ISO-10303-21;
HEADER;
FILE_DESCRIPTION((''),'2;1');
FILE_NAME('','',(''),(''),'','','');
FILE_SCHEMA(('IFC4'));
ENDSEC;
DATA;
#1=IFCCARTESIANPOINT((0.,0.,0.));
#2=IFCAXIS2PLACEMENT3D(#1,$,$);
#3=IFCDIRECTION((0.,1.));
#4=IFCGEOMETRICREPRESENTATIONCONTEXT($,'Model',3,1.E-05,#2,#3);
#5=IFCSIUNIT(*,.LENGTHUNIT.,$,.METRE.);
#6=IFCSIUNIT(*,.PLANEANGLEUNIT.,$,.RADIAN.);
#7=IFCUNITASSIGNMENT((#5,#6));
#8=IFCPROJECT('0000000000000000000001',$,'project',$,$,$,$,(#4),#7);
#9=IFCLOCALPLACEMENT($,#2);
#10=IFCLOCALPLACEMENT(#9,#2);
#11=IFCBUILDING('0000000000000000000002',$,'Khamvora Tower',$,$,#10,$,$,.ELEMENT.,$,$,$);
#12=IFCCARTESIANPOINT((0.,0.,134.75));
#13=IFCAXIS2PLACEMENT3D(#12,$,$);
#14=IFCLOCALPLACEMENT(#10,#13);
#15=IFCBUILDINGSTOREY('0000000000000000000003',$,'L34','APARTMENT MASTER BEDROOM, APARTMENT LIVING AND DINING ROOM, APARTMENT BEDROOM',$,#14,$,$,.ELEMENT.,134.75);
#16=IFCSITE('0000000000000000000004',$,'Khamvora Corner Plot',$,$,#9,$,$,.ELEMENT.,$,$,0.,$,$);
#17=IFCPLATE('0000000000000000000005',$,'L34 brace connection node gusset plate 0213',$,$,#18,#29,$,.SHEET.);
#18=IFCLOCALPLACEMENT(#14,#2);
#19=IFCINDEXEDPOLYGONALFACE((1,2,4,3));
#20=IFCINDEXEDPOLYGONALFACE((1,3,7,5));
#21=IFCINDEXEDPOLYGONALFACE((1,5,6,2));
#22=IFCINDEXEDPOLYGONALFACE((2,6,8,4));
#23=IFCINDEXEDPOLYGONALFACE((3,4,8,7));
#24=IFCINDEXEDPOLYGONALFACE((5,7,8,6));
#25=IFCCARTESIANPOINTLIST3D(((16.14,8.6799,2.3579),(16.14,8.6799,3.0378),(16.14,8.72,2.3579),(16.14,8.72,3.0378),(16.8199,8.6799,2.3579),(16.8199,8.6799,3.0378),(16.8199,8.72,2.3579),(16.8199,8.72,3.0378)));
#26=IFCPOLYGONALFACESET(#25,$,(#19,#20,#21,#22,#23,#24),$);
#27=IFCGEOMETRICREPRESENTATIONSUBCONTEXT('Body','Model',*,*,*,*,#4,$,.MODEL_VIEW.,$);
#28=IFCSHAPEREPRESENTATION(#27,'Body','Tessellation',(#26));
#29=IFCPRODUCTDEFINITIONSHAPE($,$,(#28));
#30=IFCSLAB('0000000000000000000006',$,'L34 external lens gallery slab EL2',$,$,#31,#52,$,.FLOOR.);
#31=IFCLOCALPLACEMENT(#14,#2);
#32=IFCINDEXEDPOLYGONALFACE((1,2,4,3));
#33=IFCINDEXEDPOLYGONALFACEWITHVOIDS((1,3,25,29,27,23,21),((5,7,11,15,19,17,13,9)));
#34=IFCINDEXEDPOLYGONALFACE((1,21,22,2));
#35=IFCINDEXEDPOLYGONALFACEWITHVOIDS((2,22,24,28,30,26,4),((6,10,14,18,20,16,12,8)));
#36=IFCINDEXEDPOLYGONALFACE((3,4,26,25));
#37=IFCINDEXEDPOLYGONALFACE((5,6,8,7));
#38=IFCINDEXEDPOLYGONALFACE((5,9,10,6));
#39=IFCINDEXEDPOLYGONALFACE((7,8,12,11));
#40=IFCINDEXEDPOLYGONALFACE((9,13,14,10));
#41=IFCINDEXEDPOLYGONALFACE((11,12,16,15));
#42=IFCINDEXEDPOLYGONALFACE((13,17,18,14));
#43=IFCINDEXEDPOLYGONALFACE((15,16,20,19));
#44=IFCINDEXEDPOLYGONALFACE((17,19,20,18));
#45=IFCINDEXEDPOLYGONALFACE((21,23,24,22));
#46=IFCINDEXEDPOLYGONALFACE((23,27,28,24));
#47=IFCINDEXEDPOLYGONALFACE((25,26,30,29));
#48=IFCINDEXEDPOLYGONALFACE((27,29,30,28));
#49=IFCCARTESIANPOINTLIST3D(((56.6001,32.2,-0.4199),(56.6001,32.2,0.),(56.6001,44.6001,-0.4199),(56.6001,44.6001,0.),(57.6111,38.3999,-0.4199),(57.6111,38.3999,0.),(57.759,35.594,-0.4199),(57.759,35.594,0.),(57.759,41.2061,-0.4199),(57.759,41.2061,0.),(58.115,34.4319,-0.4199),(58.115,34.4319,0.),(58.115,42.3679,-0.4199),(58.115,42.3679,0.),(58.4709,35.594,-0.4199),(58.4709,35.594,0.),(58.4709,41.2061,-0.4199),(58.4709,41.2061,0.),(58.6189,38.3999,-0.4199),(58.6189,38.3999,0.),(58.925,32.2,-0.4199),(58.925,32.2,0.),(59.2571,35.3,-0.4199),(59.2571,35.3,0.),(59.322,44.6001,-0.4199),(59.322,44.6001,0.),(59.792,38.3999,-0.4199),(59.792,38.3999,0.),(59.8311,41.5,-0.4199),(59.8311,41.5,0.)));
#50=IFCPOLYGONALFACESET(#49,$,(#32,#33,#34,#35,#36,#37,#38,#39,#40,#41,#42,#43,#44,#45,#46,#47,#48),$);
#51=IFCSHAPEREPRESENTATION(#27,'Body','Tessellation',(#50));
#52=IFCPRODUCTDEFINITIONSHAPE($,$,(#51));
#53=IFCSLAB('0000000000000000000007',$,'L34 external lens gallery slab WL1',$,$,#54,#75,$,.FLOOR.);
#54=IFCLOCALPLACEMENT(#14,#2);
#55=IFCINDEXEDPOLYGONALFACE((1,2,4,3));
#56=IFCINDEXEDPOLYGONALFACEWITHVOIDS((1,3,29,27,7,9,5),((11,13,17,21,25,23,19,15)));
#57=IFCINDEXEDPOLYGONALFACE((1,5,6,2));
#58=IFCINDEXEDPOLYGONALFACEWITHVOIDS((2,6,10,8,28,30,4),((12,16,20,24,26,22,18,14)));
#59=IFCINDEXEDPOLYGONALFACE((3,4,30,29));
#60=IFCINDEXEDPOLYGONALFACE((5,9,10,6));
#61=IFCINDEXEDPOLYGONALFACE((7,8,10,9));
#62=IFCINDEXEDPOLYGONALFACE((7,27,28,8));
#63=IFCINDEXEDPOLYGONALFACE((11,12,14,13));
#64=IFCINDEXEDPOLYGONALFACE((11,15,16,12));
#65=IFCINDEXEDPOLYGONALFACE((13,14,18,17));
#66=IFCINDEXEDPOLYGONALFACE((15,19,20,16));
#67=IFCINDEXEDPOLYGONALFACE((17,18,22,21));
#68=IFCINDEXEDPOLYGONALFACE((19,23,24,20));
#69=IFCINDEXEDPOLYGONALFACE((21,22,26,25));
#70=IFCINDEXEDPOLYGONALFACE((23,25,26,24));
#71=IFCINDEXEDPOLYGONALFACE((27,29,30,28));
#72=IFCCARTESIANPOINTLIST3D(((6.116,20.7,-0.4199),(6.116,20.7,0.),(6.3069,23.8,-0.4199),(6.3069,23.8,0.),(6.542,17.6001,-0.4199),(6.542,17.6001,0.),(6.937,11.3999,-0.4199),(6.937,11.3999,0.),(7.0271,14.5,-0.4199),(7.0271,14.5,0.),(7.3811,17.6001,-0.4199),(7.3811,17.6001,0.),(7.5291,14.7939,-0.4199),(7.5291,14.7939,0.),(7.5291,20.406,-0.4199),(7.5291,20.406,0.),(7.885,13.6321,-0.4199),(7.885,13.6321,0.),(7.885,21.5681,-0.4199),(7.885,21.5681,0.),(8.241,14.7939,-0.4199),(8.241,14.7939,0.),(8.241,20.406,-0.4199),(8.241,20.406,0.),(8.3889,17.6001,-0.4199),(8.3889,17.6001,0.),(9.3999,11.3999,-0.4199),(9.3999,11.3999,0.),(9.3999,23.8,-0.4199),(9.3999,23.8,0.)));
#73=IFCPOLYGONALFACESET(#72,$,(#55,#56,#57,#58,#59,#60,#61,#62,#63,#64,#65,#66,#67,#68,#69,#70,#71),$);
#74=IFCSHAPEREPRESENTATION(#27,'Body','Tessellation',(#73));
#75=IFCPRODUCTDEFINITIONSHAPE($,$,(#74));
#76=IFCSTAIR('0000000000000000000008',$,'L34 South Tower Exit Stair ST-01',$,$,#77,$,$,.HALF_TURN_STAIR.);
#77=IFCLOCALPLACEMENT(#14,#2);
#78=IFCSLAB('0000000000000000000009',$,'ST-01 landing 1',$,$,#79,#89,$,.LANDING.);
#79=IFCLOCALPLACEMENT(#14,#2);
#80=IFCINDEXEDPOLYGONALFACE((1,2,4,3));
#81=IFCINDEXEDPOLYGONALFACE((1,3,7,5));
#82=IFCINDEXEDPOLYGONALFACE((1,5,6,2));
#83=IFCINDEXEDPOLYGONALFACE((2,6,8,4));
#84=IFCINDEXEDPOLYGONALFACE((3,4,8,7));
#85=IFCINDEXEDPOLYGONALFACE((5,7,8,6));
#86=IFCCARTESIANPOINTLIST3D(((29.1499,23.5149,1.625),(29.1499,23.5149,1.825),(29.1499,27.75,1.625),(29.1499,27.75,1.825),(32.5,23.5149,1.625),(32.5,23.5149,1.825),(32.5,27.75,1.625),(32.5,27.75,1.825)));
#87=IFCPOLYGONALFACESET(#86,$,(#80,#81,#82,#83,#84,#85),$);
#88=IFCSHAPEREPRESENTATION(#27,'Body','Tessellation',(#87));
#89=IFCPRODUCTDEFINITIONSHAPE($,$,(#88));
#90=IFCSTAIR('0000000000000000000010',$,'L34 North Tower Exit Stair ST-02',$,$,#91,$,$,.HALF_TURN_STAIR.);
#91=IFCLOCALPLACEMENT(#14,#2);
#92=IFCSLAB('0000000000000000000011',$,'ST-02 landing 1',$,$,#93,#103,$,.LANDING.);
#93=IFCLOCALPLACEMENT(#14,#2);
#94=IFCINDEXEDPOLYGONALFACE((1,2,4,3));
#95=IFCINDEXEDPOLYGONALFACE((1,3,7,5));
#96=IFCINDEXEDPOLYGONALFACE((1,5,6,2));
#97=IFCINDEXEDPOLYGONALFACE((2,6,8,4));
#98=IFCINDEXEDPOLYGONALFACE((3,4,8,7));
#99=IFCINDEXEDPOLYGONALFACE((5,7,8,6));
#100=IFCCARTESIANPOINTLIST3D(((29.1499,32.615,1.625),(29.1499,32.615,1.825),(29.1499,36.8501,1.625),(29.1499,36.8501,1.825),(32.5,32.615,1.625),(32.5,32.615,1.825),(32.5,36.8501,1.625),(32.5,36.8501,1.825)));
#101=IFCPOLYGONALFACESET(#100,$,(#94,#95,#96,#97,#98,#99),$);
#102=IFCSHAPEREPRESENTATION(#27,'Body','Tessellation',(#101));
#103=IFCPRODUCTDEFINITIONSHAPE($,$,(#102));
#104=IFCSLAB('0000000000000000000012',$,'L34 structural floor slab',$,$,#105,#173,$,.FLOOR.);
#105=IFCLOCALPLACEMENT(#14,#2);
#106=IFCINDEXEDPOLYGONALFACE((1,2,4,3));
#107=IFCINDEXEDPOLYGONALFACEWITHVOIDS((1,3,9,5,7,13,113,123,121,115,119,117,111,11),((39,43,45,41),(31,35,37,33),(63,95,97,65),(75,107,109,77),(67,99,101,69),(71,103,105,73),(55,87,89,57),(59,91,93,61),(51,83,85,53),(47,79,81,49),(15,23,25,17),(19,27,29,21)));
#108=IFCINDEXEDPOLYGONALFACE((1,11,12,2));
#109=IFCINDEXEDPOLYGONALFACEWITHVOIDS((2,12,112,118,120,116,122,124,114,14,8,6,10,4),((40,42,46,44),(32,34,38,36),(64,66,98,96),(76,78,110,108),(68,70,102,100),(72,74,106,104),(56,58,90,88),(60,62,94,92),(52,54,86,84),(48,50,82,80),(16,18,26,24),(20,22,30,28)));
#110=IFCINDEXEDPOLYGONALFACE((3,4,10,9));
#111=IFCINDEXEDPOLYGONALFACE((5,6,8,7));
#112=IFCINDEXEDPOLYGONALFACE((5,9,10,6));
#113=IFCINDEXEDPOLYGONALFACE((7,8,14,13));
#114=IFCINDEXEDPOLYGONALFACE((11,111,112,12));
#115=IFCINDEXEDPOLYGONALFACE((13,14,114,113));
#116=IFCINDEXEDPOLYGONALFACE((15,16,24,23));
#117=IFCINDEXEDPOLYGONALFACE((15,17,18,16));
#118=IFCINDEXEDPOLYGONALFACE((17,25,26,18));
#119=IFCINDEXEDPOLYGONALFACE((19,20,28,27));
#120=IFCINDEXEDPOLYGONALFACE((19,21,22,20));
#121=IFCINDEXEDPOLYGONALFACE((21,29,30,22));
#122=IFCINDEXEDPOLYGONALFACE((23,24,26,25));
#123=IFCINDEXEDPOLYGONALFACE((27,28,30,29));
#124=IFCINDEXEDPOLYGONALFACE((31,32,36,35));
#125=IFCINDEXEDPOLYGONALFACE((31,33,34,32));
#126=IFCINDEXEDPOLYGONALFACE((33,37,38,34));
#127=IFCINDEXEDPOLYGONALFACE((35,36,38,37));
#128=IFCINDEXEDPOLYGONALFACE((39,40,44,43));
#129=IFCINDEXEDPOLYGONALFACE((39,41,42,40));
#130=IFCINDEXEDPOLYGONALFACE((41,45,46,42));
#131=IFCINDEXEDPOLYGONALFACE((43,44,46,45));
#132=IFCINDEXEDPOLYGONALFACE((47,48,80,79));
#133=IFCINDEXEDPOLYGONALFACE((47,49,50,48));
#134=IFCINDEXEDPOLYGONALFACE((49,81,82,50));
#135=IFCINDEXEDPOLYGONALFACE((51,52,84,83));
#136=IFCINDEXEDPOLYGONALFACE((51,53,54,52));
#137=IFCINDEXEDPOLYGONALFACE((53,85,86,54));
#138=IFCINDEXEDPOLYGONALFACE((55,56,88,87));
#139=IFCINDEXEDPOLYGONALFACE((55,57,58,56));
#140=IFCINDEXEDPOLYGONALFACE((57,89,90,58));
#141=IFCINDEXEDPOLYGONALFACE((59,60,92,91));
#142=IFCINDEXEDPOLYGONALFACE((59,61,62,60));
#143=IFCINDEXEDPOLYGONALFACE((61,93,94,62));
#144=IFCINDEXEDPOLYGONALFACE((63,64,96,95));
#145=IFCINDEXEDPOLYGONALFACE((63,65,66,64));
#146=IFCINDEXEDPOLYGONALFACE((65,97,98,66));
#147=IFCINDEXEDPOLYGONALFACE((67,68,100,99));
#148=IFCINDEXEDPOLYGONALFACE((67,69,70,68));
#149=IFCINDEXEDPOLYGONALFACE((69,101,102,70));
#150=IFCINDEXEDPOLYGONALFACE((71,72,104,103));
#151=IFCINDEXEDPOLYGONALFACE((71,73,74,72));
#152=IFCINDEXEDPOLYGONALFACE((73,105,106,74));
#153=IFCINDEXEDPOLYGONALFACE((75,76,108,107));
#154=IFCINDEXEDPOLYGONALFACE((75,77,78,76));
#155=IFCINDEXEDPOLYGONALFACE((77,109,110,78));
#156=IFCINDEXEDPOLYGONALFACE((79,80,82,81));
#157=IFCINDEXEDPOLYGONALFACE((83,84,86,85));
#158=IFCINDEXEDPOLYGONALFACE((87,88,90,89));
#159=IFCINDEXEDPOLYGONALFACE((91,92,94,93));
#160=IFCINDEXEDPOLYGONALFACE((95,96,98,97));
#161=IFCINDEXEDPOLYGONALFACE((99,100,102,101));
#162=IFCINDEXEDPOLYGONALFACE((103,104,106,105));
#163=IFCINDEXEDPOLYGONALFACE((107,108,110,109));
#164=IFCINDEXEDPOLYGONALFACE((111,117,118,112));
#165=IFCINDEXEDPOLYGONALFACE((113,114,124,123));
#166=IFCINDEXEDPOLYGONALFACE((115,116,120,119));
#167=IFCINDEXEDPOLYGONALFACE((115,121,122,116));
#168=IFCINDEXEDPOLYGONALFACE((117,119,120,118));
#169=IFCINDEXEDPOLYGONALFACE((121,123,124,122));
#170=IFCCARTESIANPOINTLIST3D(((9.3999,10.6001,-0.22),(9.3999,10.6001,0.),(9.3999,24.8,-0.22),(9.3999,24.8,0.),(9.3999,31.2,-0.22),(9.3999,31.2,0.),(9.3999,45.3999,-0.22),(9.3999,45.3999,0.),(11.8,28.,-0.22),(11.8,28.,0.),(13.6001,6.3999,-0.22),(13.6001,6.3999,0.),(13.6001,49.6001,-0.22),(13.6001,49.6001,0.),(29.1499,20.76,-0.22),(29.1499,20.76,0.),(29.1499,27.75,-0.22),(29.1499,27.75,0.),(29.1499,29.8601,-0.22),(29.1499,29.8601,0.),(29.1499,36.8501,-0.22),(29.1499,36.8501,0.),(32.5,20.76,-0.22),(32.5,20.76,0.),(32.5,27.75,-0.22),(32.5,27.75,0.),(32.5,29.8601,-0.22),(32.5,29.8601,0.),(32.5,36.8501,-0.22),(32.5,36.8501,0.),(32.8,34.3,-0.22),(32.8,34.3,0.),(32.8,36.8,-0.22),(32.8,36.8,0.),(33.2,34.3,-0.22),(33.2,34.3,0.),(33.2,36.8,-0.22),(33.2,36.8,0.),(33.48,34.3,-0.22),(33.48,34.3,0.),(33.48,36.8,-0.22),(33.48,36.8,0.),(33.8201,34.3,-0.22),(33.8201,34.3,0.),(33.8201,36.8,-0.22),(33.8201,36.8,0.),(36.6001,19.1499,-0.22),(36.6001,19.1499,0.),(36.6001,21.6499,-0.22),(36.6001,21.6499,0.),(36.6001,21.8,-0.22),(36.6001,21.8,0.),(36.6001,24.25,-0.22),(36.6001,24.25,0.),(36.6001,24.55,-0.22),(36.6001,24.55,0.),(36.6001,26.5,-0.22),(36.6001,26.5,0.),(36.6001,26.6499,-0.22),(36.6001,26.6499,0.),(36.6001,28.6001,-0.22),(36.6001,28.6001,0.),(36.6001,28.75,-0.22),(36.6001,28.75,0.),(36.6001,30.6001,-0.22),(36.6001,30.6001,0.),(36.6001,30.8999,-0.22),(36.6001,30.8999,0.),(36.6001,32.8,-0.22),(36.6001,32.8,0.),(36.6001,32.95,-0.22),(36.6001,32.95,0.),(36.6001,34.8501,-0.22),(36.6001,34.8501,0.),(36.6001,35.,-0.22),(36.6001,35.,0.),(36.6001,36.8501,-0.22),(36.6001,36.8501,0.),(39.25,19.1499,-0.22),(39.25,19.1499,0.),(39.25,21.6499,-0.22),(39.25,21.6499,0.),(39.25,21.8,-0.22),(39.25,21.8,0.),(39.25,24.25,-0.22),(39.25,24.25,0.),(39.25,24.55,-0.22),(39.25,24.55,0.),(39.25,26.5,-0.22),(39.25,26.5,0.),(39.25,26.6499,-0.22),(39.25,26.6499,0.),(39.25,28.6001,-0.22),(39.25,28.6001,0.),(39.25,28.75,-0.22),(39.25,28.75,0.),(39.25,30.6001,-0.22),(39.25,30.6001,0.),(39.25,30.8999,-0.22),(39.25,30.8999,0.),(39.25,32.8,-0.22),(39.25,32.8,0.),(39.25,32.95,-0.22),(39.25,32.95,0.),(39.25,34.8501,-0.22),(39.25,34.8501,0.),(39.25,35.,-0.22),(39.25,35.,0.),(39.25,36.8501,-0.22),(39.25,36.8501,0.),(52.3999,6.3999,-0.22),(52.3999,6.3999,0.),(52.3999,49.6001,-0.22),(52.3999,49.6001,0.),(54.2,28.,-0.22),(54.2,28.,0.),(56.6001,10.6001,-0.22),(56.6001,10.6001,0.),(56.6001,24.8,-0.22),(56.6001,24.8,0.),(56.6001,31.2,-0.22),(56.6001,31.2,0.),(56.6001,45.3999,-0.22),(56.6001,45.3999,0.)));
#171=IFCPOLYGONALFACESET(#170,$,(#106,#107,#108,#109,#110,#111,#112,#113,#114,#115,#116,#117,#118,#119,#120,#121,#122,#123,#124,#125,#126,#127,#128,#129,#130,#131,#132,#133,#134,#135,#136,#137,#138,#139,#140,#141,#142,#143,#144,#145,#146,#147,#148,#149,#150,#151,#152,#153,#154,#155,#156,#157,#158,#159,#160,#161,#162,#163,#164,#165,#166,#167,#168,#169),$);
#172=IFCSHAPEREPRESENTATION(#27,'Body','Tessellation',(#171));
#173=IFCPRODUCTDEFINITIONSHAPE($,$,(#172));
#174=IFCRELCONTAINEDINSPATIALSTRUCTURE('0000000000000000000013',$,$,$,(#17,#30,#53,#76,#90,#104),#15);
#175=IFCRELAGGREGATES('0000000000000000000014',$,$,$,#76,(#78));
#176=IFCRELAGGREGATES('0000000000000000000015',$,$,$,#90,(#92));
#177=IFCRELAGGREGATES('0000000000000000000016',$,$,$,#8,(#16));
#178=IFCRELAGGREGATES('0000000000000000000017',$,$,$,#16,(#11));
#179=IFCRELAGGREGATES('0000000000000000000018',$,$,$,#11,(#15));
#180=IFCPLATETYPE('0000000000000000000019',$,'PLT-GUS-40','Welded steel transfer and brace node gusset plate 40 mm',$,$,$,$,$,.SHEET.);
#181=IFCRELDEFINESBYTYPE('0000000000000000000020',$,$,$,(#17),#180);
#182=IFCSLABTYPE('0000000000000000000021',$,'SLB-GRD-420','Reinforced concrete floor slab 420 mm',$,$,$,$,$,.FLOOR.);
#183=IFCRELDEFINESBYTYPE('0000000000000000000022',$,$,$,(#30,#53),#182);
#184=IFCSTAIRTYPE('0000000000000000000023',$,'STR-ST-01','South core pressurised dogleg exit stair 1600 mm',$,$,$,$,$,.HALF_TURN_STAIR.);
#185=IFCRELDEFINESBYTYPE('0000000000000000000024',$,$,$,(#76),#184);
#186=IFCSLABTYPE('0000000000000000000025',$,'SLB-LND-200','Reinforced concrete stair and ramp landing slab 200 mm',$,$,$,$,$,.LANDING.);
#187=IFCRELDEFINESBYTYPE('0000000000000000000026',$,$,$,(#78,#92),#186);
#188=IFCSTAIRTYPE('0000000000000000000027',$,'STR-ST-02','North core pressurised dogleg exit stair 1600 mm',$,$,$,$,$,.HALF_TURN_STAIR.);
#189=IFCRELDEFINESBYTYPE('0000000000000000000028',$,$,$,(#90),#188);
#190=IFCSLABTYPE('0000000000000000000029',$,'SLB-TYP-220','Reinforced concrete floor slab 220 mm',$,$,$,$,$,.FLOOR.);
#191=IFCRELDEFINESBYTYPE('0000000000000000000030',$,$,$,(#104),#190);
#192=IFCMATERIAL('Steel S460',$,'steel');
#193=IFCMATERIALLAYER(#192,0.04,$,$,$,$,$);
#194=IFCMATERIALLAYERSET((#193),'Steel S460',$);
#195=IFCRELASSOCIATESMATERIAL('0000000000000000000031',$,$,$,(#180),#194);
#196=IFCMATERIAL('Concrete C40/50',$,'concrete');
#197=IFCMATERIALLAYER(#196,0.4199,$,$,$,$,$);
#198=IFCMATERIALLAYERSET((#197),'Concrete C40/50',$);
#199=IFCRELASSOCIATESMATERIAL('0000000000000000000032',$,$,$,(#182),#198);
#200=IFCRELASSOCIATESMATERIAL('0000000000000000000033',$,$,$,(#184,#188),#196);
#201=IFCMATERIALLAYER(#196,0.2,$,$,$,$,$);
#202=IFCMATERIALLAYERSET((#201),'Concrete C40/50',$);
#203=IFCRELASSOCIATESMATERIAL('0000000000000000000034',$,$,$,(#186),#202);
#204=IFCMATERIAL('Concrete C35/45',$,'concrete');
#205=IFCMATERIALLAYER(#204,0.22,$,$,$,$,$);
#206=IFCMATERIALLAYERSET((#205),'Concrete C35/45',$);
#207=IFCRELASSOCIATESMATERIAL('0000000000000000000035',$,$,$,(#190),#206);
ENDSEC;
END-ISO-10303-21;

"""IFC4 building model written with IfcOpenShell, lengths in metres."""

from ifc_helpers import new_model, si_unit, direction, frame, origin, origin_2d, place, context, subcontext, project, spatial, polyline, rectangle, outline, extrude, material, layer, layer_set, type_object, element, aggregate, save


model = new_model("IFC4")

# Units and contexts
model_context = context("Model", 3, precision=1e-05, world=origin(), true_north=direction((0.0, 1.0)))
body_context = subcontext(model_context, "Body", "Model", "MODEL_VIEW")
ifc_project = project(units=[si_unit("LENGTHUNIT", "METRE"), si_unit("PLANEANGLEUNIT", "RADIAN")], contexts=[model_context])

# Site, building, storey
site_placement = place(None, origin())
site = spatial("IfcSite", under=ifc_project, at=site_placement, Name="Khamvora Corner Plot", CompositionType="ELEMENT", RefElevation=0.0)
building_placement = place(site_placement, origin())
building = spatial("IfcBuilding", under=site, at=building_placement, Name="Khamvora Tower", CompositionType="ELEMENT")
storey_placement = place(building_placement, frame((0.0, 0.0, 134.75)))
storey = spatial("IfcBuildingStorey", under=building, at=storey_placement, Name="L34", Description="APARTMENT MASTER BEDROOM, APARTMENT LIVING AND DINING ROOM, APARTMENT BEDROOM", CompositionType="ELEMENT", Elevation=134.75)

# Plate
ifc_material_1 = material(Name="Steel S460", Category="steel")
ifc_layer_1 = layer(ifc_material_1, 0.04)
ifc_layer_set_1 = layer_set([ifc_layer_1], Name="Steel S460")
plate_type_1 = type_object("IfcPlateType", Name="PLT-GUS-40", Description="Welded steel transfer and brace node gusset plate 40 mm", PredefinedType="SHEET", material=ifc_layer_set_1)
plate_1_placement = place(storey_placement, frame((16.48, 8.7, 2.3579), z_axis=(0.0, 0.0, 1.0), x_axis=(1.0, 0.0, 0.0)))
element("IfcPlate", 1, at=plate_1_placement, inside=storey, type_object=plate_type_1, Name="L34 brace connection node gusset plate 0213", PredefinedType="SHEET", context=body_context, shape_type="SweptSolid", body=[
    extrude(rectangle(XDim=0.6799, YDim=0.04, at=origin_2d()), origin(), (0.0, 0.0, 1.0), 0.6799),
])

# Slabs
ifc_material_2 = material(Name="Concrete C40/50", Category="concrete")
ifc_layer_2 = layer(ifc_material_2, 0.4199)
ifc_layer_set_2 = layer_set([ifc_layer_2], Name="Concrete C40/50")
slab_type_1 = type_object("IfcSlabType", Name="SLB-GRD-420", Description="Reinforced concrete floor slab 420 mm", PredefinedType="FLOOR", material=ifc_layer_set_2)
slab_1_placement = place(storey_placement, frame((0.0, 0.0, -0.4199)))
element("IfcSlab", 2, at=slab_1_placement, inside=storey, type_object=slab_type_1, Name="L34 external lens gallery slab EL2", PredefinedType="FLOOR", context=body_context, shape_type="SweptSolid", body=[
    extrude(outline(polyline([(58.925, 32.2), (59.2571, 35.3), (59.792, 38.3999), (59.8311, 41.5), (59.322, 44.6001), (56.6001, 44.6001), (56.6001, 32.2), (58.925, 32.2)]), holes=[polyline([(58.6189, 38.3999), (58.4709, 41.2061), (58.115, 42.3679), (57.759, 41.2061), (57.6111, 38.3999), (57.759, 35.594), (58.115, 34.4319), (58.4709, 35.594), (58.6189, 38.3999)])]), origin(), (0.0, 0.0, 1.0), 0.4199),
])
slab_2_placement = place(storey_placement, frame((0.0, 0.0, -0.4199)))
element("IfcSlab", 3, at=slab_2_placement, inside=storey, type_object=slab_type_1, Name="L34 external lens gallery slab WL1", PredefinedType="FLOOR", context=body_context, shape_type="SweptSolid", body=[
    extrude(outline(polyline([(9.3999, 11.3999), (9.3999, 23.8), (6.3069, 23.8), (6.116, 20.7), (6.542, 17.6001), (7.0271, 14.5), (6.937, 11.3999), (9.3999, 11.3999)]), holes=[polyline([(8.3889, 17.6001), (8.241, 20.406), (7.885, 21.5681), (7.5291, 20.406), (7.3811, 17.6001), (7.5291, 14.7939), (7.885, 13.6321), (8.241, 14.7939), (8.3889, 17.6001)])]), origin(), (0.0, 0.0, 1.0), 0.4199),
])

# Stairs, slabs
stair_type_1 = type_object("IfcStairType", Name="STR-ST-01", Description="South core pressurised dogleg exit stair 1600 mm", PredefinedType="HALF_TURN_STAIR", material=ifc_material_2)
stair_1_placement = place(storey_placement, origin())
stair_1 = element("IfcStair", 4, at=stair_1_placement, inside=storey, type_object=stair_type_1, Name="L34 South Tower Exit Stair ST-01", PredefinedType="HALF_TURN_STAIR")
ifc_layer_3 = layer(ifc_material_2, 0.2)
ifc_layer_set_3 = layer_set([ifc_layer_3], Name="Concrete C40/50")
slab_type_2 = type_object("IfcSlabType", Name="SLB-LND-200", Description="Reinforced concrete stair and ramp landing slab 200 mm", PredefinedType="LANDING", material=ifc_layer_set_3)
slab_3_placement = place(storey_placement, frame((0.0, 0.0, 1.625)))
slab_3 = element("IfcSlab", 5, at=slab_3_placement, type_object=slab_type_2, Name="ST-01 landing 1", PredefinedType="LANDING", context=body_context, shape_type="SweptSolid", body=[
    extrude(outline(polyline([(32.5, 23.5149), (32.5, 27.75), (29.1499, 27.75), (29.1499, 23.5149), (32.5, 23.5149)])), origin(), (0.0, 0.0, 1.0), 0.2),
])
aggregate(stair_1, [slab_3])
stair_type_2 = type_object("IfcStairType", Name="STR-ST-02", Description="North core pressurised dogleg exit stair 1600 mm", PredefinedType="HALF_TURN_STAIR", material=ifc_material_2)
stair_2_placement = place(storey_placement, origin())
stair_2 = element("IfcStair", 6, at=stair_2_placement, inside=storey, type_object=stair_type_2, Name="L34 North Tower Exit Stair ST-02", PredefinedType="HALF_TURN_STAIR")
slab_4_placement = place(storey_placement, frame((0.0, 0.0, 1.625)))
slab_4 = element("IfcSlab", 7, at=slab_4_placement, type_object=slab_type_2, Name="ST-02 landing 1", PredefinedType="LANDING", context=body_context, shape_type="SweptSolid", body=[
    extrude(outline(polyline([(32.5, 32.615), (32.5, 36.8501), (29.1499, 36.8501), (29.1499, 32.615), (32.5, 32.615)])), origin(), (0.0, 0.0, 1.0), 0.2),
])
aggregate(stair_2, [slab_4])

# Slab
ifc_material_3 = material(Name="Concrete C35/45", Category="concrete")
ifc_layer_4 = layer(ifc_material_3, 0.22)
ifc_layer_set_4 = layer_set([ifc_layer_4], Name="Concrete C35/45")
slab_type_3 = type_object("IfcSlabType", Name="SLB-TYP-220", Description="Reinforced concrete floor slab 220 mm", PredefinedType="FLOOR", material=ifc_layer_set_4)
slab_5_placement = place(storey_placement, frame((0.0, 0.0, -0.22)))
element("IfcSlab", 8, at=slab_5_placement, inside=storey, type_object=slab_type_3, Name="L34 structural floor slab", PredefinedType="FLOOR", context=body_context, shape_type="SweptSolid", body=[
    extrude(outline(polyline([(13.6001, 6.3999), (52.3999, 6.3999), (56.6001, 10.6001), (56.6001, 24.8), (54.2, 28.0), (56.6001, 31.2), (56.6001, 45.3999), (52.3999, 49.6001), (13.6001, 49.6001), (9.3999, 45.3999), (9.3999, 31.2), (11.8, 28.0), (9.3999, 24.8), (9.3999, 10.6001), (13.6001, 6.3999)]), holes=[polyline([(32.5, 20.76), (32.5, 27.75), (29.1499, 27.75), (29.1499, 20.76), (32.5, 20.76)]), polyline([(32.5, 29.8601), (32.5, 36.8501), (29.1499, 36.8501), (29.1499, 29.8601), (32.5, 29.8601)]), polyline([(36.6001, 19.1499), (39.25, 19.1499), (39.25, 21.6499), (36.6001, 21.6499), (36.6001, 19.1499)]), polyline([(36.6001, 21.8), (39.25, 21.8), (39.25, 24.25), (36.6001, 24.25), (36.6001, 21.8)]), polyline([(36.6001, 24.55), (39.25, 24.55), (39.25, 26.5), (36.6001, 26.5), (36.6001, 24.55)]), polyline([(36.6001, 26.6499), (39.25, 26.6499), (39.25, 28.6001), (36.6001, 28.6001), (36.6001, 26.6499)]), polyline([(36.6001, 28.75), (39.25, 28.75), (39.25, 30.6001), (36.6001, 30.6001), (36.6001, 28.75)]), polyline([(36.6001, 30.8999), (39.25, 30.8999), (39.25, 32.8), (36.6001, 32.8), (36.6001, 30.8999)]), polyline([(36.6001, 32.95), (39.25, 32.95), (39.25, 34.8501), (36.6001, 34.8501), (36.6001, 32.95)]), polyline([(36.6001, 35.0), (39.25, 35.0), (39.25, 36.8501), (36.6001, 36.8501), (36.6001, 35.0)]), polyline([(32.8, 34.3), (33.2, 34.3), (33.2, 36.8), (32.8, 36.8), (32.8, 34.3)]), polyline([(33.48, 34.3), (33.8201, 34.3), (33.8201, 36.8), (33.48, 36.8), (33.48, 34.3)])]), origin(), (0.0, 0.0, 1.0), 0.22),
])

save(model, "model.ifc")
